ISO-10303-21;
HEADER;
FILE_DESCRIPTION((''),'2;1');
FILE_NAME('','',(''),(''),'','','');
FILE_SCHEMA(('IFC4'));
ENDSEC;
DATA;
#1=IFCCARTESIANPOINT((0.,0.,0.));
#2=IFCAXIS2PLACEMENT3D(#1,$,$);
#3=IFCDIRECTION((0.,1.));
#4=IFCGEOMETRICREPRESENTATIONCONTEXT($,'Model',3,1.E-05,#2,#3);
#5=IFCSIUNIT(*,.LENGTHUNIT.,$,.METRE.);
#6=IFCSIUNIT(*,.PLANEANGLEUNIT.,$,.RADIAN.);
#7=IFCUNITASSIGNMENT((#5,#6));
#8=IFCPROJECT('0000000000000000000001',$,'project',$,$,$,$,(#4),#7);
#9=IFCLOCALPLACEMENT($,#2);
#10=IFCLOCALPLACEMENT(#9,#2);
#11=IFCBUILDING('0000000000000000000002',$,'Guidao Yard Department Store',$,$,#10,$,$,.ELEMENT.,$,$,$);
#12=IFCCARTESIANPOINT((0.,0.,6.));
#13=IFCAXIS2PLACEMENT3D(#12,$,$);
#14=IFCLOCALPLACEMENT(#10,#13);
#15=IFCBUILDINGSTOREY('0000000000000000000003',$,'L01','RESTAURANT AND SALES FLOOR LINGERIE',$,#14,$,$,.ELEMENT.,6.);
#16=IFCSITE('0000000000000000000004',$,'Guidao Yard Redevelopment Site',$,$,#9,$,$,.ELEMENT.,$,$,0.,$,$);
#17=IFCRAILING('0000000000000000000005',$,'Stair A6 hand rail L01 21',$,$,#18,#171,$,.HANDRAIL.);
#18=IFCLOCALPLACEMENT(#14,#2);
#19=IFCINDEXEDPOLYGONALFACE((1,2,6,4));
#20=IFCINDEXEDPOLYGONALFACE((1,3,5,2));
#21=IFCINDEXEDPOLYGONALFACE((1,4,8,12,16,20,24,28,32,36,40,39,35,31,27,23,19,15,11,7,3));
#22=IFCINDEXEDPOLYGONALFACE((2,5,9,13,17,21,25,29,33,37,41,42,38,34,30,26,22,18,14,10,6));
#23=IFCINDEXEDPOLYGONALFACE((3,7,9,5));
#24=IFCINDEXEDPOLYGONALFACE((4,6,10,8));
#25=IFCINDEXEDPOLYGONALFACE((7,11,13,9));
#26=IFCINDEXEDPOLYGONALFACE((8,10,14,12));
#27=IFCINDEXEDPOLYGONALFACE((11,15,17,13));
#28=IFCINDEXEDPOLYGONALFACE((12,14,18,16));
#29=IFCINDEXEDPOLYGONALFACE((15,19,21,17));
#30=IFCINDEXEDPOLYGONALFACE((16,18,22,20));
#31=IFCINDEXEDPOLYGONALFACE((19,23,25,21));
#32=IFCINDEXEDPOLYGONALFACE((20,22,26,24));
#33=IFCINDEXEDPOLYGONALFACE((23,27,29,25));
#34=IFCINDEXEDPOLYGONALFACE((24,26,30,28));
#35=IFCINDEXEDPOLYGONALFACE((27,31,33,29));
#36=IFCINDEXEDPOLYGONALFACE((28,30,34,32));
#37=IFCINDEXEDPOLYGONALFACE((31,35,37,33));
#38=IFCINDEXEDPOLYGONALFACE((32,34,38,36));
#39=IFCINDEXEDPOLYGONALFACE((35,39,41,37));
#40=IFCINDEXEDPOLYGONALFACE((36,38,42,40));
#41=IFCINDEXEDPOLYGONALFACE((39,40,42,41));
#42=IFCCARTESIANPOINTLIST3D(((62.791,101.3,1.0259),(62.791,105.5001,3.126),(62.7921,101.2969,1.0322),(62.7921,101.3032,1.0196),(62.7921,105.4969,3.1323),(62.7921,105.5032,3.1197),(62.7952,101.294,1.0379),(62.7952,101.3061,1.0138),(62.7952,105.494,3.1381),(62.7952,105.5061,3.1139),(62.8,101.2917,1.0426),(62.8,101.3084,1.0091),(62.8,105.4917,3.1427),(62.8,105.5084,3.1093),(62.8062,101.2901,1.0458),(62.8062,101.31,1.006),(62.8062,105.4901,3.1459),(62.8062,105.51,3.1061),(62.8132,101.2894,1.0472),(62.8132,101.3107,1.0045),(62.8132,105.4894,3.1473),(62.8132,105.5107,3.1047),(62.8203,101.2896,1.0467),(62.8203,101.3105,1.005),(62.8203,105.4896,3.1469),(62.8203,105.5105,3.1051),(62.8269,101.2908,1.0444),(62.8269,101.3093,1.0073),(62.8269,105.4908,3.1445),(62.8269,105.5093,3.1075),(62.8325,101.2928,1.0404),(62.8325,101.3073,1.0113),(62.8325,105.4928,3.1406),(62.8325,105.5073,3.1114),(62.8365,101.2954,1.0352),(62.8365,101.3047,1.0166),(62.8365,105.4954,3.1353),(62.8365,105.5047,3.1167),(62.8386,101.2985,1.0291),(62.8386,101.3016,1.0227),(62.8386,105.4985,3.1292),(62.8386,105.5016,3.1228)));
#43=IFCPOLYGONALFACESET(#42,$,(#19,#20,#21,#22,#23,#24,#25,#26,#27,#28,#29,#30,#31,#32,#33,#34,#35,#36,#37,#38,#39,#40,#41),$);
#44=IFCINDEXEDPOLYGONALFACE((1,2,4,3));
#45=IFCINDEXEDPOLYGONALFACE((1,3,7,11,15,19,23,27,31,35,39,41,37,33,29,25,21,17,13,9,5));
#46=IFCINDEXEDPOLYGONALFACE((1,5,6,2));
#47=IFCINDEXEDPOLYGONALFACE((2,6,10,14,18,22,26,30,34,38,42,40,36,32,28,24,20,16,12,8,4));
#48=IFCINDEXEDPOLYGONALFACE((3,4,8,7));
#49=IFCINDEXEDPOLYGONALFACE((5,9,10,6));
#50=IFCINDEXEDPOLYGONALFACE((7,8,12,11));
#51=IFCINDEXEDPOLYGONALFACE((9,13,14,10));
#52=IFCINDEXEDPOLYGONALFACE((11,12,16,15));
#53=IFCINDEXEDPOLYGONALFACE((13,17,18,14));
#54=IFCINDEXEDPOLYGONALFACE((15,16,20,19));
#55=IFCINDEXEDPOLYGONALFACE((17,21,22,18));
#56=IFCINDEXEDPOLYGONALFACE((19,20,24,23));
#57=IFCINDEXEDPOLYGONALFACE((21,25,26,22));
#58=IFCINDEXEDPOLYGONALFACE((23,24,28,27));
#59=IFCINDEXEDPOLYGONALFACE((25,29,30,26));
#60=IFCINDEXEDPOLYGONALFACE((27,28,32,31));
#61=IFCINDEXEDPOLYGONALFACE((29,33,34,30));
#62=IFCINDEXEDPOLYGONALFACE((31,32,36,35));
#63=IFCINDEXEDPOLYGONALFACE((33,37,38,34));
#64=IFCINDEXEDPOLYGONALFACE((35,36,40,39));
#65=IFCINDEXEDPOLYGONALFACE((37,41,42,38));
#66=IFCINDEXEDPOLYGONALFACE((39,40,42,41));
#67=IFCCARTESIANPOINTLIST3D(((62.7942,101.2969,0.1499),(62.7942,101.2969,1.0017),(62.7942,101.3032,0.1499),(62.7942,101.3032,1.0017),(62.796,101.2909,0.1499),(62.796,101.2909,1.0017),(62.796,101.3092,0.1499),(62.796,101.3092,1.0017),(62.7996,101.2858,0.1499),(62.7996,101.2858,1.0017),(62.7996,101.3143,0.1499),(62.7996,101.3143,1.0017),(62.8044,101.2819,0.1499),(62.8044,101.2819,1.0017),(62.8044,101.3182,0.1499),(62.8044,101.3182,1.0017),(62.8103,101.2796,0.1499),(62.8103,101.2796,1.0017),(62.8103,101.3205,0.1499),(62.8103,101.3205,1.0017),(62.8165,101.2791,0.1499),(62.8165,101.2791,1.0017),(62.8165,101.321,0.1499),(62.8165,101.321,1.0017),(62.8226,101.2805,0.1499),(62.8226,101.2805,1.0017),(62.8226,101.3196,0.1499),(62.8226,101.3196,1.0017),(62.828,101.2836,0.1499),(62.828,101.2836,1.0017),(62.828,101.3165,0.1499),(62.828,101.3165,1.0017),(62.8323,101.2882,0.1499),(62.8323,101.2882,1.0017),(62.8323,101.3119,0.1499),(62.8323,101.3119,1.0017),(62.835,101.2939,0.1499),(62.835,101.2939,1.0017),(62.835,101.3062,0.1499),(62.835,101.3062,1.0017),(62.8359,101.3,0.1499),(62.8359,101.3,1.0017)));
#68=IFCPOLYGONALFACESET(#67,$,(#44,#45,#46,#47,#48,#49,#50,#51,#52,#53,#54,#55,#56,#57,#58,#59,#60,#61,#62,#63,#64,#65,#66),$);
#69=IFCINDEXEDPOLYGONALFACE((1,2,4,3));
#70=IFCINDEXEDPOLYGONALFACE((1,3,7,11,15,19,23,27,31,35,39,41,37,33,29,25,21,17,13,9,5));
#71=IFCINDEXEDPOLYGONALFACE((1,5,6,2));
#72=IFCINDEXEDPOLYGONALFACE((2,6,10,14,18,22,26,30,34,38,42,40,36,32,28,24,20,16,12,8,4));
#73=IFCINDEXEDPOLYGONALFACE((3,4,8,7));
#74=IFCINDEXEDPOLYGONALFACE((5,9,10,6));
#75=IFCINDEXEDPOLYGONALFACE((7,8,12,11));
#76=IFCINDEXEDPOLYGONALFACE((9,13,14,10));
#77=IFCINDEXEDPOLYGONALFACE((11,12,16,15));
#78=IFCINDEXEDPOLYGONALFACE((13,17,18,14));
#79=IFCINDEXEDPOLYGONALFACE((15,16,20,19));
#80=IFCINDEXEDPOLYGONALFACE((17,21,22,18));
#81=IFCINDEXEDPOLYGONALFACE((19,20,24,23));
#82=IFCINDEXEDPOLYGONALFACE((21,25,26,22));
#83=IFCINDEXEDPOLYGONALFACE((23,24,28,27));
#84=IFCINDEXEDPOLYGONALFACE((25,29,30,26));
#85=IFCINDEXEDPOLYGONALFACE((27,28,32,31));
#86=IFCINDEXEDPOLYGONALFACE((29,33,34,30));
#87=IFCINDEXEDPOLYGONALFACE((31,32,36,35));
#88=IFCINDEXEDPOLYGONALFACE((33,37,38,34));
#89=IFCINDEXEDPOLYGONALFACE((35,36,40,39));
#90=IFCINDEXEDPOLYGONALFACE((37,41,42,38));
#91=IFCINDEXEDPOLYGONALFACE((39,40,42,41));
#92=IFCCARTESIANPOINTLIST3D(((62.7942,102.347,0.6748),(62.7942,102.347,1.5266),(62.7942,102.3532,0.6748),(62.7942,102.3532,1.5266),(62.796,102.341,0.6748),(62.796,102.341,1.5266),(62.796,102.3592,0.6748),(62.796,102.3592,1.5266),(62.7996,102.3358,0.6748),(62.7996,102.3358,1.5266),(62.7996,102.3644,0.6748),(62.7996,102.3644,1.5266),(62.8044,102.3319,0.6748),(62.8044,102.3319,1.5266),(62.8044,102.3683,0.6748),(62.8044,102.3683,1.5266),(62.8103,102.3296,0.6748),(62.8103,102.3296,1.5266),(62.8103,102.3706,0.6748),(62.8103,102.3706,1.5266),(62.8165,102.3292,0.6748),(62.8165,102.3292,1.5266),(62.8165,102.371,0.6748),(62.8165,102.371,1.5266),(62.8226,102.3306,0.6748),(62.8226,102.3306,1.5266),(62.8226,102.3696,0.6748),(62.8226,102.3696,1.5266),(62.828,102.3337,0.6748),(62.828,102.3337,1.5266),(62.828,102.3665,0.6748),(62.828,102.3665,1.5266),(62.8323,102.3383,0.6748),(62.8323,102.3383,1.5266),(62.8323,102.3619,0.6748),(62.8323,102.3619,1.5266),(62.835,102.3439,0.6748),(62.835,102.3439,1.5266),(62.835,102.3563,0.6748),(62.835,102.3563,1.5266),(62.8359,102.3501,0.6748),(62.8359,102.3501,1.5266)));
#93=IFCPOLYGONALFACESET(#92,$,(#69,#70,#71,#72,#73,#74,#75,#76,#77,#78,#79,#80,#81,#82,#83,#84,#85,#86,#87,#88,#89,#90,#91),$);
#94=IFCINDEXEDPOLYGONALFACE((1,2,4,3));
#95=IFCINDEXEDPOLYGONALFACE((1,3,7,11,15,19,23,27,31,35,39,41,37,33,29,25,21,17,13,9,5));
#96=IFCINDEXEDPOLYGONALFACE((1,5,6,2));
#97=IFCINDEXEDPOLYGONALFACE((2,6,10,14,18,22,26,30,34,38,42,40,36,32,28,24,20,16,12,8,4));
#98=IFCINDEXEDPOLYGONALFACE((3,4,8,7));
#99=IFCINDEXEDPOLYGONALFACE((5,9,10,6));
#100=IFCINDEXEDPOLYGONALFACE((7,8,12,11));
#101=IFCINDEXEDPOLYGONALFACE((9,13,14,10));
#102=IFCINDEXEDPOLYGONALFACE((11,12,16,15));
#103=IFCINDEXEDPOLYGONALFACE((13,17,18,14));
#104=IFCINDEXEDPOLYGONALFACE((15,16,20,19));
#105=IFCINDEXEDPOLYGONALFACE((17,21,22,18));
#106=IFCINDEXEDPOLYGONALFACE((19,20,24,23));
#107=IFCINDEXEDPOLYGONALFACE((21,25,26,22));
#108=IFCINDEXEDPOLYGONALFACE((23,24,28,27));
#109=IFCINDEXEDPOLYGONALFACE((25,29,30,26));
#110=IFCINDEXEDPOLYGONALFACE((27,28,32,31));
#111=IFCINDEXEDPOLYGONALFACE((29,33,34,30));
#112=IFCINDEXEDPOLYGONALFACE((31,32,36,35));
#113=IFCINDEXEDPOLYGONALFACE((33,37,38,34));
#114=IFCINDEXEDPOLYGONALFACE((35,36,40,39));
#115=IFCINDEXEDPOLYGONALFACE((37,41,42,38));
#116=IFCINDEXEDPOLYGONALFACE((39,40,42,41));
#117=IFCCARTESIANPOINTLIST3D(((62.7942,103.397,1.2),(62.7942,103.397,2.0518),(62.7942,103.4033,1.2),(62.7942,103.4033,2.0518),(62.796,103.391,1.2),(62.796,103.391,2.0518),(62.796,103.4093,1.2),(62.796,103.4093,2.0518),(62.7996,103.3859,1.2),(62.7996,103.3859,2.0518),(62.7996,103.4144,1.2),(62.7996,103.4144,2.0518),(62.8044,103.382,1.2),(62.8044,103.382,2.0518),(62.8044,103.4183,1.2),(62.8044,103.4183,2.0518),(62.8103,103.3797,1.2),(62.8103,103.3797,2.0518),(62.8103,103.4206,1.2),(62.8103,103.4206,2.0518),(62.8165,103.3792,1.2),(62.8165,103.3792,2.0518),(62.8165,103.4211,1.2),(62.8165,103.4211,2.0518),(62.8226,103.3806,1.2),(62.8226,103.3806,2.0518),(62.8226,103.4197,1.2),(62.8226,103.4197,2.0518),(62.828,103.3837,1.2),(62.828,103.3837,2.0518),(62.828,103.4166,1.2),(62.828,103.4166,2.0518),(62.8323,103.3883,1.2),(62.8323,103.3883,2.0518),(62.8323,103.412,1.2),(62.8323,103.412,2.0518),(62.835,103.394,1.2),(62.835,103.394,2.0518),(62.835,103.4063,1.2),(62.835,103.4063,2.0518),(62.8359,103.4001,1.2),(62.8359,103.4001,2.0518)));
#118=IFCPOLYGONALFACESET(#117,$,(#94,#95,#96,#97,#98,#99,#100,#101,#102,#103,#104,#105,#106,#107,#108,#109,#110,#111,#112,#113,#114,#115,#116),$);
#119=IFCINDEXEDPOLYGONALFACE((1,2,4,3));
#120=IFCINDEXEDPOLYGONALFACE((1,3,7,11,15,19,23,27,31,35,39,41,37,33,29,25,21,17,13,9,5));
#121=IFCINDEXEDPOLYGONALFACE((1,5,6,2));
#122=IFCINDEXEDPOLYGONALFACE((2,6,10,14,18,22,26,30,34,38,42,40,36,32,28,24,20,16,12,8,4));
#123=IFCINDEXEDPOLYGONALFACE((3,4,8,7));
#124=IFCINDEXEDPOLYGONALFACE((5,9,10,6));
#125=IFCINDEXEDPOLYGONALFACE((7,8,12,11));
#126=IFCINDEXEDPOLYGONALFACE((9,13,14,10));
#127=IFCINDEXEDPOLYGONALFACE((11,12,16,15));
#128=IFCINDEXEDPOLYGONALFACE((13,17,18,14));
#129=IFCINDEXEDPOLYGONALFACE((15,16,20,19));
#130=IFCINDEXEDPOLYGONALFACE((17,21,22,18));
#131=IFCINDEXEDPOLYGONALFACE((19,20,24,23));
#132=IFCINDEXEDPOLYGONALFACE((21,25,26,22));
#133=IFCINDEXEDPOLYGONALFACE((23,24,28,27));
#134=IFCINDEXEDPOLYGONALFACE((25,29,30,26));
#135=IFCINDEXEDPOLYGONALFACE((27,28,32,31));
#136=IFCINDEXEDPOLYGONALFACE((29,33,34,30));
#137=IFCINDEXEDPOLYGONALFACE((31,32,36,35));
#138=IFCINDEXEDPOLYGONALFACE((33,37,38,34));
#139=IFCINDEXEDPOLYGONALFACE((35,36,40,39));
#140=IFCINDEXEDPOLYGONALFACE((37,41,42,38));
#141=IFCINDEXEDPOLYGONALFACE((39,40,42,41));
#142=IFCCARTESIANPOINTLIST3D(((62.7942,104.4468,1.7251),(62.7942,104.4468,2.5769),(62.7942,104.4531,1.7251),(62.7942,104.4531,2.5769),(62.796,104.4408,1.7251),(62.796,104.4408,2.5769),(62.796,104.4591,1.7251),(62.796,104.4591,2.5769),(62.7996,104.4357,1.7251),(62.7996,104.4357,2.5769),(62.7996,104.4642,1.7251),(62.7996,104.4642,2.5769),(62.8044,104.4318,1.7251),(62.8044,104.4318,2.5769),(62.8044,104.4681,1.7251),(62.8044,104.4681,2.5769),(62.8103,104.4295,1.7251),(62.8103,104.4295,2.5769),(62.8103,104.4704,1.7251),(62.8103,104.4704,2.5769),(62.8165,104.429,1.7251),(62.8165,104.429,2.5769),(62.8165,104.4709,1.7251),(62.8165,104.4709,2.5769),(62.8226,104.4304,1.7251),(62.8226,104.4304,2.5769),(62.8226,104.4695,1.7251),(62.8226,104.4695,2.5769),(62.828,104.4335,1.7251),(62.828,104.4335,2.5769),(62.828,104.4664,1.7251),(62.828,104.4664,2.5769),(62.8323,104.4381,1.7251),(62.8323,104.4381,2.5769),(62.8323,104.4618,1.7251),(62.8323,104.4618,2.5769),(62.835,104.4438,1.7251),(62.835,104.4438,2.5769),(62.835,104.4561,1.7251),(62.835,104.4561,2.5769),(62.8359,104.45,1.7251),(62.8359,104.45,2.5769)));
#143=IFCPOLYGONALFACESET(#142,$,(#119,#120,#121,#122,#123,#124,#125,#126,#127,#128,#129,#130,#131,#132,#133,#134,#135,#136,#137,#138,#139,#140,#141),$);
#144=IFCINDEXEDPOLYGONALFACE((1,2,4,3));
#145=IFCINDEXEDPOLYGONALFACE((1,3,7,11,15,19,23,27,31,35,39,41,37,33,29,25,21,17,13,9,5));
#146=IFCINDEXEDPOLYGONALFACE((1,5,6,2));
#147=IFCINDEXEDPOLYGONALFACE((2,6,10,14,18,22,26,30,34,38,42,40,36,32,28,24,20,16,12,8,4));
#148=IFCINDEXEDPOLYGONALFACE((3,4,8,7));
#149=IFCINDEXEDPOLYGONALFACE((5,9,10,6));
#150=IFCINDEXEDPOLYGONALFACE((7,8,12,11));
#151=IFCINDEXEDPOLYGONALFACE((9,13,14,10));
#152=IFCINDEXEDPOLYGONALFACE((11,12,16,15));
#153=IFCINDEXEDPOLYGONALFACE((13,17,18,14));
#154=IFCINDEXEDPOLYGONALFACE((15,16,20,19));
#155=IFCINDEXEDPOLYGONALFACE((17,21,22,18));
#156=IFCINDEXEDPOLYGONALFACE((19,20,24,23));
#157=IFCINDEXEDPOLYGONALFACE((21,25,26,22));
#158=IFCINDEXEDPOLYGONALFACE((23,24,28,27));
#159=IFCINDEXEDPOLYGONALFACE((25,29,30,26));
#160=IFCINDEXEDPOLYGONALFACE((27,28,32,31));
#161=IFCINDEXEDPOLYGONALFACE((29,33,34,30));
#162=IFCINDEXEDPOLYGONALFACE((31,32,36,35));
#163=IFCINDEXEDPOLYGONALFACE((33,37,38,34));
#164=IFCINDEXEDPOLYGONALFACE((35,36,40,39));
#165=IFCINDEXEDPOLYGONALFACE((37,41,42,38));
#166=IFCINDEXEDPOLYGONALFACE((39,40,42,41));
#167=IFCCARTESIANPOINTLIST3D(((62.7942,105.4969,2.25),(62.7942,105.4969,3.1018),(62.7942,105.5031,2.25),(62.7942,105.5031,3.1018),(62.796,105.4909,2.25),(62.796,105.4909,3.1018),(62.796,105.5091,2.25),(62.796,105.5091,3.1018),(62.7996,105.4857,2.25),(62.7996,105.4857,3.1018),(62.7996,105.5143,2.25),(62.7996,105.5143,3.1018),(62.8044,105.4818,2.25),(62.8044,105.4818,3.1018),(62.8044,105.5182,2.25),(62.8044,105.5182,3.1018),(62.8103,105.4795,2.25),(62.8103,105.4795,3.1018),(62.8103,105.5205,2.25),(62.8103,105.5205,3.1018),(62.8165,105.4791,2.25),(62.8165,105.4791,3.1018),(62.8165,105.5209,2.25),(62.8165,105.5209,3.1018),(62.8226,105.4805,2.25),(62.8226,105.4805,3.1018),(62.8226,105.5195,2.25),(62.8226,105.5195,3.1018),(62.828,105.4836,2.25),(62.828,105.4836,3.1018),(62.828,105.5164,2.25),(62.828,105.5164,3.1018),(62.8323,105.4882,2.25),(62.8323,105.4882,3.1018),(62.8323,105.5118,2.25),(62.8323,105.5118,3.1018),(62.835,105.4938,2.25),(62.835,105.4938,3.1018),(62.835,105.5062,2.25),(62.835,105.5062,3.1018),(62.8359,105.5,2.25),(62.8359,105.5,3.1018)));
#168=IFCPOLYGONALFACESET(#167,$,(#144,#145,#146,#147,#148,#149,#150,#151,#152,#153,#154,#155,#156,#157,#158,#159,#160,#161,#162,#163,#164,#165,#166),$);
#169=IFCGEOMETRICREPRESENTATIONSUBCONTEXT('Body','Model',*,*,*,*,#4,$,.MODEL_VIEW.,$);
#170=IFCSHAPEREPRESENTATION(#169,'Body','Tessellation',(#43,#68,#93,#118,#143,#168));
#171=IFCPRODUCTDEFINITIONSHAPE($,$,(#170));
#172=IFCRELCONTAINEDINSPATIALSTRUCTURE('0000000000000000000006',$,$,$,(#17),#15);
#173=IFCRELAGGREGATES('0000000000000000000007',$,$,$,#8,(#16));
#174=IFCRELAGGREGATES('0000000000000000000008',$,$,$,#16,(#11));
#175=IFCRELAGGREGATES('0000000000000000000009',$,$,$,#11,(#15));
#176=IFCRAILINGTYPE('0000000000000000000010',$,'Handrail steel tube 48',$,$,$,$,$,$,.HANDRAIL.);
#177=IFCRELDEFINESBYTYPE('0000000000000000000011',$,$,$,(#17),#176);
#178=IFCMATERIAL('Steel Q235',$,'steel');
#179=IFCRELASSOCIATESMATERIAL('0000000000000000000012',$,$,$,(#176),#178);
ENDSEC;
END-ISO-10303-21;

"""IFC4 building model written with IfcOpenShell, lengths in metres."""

from ifc_helpers import new_model, si_unit, direction, frame, origin, origin_2d, place, context, subcontext, project, spatial, circle, extrude, material, type_object, element, save


model = new_model("IFC4")

# Units and contexts
model_context = context("Model", 3, precision=1e-05, world=origin(), true_north=direction((0.0, 1.0)))
body_context = subcontext(model_context, "Body", "Model", "MODEL_VIEW")
ifc_project = project(units=[si_unit("LENGTHUNIT", "METRE"), si_unit("PLANEANGLEUNIT", "RADIAN")], contexts=[model_context])

# Site, building, storey
site_placement = place(None, origin())
site = spatial("IfcSite", under=ifc_project, at=site_placement, Name="Guidao Yard Redevelopment Site", CompositionType="ELEMENT", RefElevation=0.0)
building_placement = place(site_placement, origin())
building = spatial("IfcBuilding", under=site, at=building_placement, Name="Guidao Yard Department Store", CompositionType="ELEMENT")
storey_placement = place(building_placement, frame((0.0, 0.0, 6.0)))
storey = spatial("IfcBuildingStorey", under=building, at=storey_placement, Name="L01", Description="RESTAURANT AND SALES FLOOR LINGERIE", CompositionType="ELEMENT", Elevation=6.0)

# Railing
ifc_material_1 = material(Name="Steel Q235", Category="steel")
railing_type_1 = type_object("IfcRailingType", Name="Handrail steel tube 48", PredefinedType="HANDRAIL", material=ifc_material_1)
for number, where, name in (
    (1, (62.8149, 101.3, 0.1499), "Stair A6 hand rail L01 21"),
):
    element("IfcRailing", number, at=place(storey_placement, frame(where)), inside=storey, type_object=railing_type_1, Name=name, PredefinedType="HANDRAIL", context=body_context, shape_type="SweptSolid", body=[
        extrude(circle(Radius=0.0239, at=origin_2d()), frame((0.0, 0.0, 0.876), z_axis=(0.0, 0.894417, 0.447234), x_axis=(-1.0, 0.0, 0.0)), (0.0, 0.0, 1.0), 4.6958),
        extrude(circle(Radius=0.021, at=origin_2d()), origin(), (0.0, 0.0, 1.0), 0.8518),
        extrude(circle(Radius=0.021, at=origin_2d()), frame((0.0, 1.05, 0.5249)), (0.0, 0.0, 1.0), 0.8518),
        extrude(circle(Radius=0.021, at=origin_2d()), frame((0.0, 2.1001, 1.05)), (0.0, 0.0, 1.0), 0.8518),
        extrude(circle(Radius=0.021, at=origin_2d()), frame((0.0, 3.1499, 1.5752)), (0.0, 0.0, 1.0), 0.8518),
        extrude(circle(Radius=0.021, at=origin_2d()), frame((0.0, 4.2, 2.1001)), (0.0, 0.0, 1.0), 0.8518),
    ])

save(model, "model.ifc")
